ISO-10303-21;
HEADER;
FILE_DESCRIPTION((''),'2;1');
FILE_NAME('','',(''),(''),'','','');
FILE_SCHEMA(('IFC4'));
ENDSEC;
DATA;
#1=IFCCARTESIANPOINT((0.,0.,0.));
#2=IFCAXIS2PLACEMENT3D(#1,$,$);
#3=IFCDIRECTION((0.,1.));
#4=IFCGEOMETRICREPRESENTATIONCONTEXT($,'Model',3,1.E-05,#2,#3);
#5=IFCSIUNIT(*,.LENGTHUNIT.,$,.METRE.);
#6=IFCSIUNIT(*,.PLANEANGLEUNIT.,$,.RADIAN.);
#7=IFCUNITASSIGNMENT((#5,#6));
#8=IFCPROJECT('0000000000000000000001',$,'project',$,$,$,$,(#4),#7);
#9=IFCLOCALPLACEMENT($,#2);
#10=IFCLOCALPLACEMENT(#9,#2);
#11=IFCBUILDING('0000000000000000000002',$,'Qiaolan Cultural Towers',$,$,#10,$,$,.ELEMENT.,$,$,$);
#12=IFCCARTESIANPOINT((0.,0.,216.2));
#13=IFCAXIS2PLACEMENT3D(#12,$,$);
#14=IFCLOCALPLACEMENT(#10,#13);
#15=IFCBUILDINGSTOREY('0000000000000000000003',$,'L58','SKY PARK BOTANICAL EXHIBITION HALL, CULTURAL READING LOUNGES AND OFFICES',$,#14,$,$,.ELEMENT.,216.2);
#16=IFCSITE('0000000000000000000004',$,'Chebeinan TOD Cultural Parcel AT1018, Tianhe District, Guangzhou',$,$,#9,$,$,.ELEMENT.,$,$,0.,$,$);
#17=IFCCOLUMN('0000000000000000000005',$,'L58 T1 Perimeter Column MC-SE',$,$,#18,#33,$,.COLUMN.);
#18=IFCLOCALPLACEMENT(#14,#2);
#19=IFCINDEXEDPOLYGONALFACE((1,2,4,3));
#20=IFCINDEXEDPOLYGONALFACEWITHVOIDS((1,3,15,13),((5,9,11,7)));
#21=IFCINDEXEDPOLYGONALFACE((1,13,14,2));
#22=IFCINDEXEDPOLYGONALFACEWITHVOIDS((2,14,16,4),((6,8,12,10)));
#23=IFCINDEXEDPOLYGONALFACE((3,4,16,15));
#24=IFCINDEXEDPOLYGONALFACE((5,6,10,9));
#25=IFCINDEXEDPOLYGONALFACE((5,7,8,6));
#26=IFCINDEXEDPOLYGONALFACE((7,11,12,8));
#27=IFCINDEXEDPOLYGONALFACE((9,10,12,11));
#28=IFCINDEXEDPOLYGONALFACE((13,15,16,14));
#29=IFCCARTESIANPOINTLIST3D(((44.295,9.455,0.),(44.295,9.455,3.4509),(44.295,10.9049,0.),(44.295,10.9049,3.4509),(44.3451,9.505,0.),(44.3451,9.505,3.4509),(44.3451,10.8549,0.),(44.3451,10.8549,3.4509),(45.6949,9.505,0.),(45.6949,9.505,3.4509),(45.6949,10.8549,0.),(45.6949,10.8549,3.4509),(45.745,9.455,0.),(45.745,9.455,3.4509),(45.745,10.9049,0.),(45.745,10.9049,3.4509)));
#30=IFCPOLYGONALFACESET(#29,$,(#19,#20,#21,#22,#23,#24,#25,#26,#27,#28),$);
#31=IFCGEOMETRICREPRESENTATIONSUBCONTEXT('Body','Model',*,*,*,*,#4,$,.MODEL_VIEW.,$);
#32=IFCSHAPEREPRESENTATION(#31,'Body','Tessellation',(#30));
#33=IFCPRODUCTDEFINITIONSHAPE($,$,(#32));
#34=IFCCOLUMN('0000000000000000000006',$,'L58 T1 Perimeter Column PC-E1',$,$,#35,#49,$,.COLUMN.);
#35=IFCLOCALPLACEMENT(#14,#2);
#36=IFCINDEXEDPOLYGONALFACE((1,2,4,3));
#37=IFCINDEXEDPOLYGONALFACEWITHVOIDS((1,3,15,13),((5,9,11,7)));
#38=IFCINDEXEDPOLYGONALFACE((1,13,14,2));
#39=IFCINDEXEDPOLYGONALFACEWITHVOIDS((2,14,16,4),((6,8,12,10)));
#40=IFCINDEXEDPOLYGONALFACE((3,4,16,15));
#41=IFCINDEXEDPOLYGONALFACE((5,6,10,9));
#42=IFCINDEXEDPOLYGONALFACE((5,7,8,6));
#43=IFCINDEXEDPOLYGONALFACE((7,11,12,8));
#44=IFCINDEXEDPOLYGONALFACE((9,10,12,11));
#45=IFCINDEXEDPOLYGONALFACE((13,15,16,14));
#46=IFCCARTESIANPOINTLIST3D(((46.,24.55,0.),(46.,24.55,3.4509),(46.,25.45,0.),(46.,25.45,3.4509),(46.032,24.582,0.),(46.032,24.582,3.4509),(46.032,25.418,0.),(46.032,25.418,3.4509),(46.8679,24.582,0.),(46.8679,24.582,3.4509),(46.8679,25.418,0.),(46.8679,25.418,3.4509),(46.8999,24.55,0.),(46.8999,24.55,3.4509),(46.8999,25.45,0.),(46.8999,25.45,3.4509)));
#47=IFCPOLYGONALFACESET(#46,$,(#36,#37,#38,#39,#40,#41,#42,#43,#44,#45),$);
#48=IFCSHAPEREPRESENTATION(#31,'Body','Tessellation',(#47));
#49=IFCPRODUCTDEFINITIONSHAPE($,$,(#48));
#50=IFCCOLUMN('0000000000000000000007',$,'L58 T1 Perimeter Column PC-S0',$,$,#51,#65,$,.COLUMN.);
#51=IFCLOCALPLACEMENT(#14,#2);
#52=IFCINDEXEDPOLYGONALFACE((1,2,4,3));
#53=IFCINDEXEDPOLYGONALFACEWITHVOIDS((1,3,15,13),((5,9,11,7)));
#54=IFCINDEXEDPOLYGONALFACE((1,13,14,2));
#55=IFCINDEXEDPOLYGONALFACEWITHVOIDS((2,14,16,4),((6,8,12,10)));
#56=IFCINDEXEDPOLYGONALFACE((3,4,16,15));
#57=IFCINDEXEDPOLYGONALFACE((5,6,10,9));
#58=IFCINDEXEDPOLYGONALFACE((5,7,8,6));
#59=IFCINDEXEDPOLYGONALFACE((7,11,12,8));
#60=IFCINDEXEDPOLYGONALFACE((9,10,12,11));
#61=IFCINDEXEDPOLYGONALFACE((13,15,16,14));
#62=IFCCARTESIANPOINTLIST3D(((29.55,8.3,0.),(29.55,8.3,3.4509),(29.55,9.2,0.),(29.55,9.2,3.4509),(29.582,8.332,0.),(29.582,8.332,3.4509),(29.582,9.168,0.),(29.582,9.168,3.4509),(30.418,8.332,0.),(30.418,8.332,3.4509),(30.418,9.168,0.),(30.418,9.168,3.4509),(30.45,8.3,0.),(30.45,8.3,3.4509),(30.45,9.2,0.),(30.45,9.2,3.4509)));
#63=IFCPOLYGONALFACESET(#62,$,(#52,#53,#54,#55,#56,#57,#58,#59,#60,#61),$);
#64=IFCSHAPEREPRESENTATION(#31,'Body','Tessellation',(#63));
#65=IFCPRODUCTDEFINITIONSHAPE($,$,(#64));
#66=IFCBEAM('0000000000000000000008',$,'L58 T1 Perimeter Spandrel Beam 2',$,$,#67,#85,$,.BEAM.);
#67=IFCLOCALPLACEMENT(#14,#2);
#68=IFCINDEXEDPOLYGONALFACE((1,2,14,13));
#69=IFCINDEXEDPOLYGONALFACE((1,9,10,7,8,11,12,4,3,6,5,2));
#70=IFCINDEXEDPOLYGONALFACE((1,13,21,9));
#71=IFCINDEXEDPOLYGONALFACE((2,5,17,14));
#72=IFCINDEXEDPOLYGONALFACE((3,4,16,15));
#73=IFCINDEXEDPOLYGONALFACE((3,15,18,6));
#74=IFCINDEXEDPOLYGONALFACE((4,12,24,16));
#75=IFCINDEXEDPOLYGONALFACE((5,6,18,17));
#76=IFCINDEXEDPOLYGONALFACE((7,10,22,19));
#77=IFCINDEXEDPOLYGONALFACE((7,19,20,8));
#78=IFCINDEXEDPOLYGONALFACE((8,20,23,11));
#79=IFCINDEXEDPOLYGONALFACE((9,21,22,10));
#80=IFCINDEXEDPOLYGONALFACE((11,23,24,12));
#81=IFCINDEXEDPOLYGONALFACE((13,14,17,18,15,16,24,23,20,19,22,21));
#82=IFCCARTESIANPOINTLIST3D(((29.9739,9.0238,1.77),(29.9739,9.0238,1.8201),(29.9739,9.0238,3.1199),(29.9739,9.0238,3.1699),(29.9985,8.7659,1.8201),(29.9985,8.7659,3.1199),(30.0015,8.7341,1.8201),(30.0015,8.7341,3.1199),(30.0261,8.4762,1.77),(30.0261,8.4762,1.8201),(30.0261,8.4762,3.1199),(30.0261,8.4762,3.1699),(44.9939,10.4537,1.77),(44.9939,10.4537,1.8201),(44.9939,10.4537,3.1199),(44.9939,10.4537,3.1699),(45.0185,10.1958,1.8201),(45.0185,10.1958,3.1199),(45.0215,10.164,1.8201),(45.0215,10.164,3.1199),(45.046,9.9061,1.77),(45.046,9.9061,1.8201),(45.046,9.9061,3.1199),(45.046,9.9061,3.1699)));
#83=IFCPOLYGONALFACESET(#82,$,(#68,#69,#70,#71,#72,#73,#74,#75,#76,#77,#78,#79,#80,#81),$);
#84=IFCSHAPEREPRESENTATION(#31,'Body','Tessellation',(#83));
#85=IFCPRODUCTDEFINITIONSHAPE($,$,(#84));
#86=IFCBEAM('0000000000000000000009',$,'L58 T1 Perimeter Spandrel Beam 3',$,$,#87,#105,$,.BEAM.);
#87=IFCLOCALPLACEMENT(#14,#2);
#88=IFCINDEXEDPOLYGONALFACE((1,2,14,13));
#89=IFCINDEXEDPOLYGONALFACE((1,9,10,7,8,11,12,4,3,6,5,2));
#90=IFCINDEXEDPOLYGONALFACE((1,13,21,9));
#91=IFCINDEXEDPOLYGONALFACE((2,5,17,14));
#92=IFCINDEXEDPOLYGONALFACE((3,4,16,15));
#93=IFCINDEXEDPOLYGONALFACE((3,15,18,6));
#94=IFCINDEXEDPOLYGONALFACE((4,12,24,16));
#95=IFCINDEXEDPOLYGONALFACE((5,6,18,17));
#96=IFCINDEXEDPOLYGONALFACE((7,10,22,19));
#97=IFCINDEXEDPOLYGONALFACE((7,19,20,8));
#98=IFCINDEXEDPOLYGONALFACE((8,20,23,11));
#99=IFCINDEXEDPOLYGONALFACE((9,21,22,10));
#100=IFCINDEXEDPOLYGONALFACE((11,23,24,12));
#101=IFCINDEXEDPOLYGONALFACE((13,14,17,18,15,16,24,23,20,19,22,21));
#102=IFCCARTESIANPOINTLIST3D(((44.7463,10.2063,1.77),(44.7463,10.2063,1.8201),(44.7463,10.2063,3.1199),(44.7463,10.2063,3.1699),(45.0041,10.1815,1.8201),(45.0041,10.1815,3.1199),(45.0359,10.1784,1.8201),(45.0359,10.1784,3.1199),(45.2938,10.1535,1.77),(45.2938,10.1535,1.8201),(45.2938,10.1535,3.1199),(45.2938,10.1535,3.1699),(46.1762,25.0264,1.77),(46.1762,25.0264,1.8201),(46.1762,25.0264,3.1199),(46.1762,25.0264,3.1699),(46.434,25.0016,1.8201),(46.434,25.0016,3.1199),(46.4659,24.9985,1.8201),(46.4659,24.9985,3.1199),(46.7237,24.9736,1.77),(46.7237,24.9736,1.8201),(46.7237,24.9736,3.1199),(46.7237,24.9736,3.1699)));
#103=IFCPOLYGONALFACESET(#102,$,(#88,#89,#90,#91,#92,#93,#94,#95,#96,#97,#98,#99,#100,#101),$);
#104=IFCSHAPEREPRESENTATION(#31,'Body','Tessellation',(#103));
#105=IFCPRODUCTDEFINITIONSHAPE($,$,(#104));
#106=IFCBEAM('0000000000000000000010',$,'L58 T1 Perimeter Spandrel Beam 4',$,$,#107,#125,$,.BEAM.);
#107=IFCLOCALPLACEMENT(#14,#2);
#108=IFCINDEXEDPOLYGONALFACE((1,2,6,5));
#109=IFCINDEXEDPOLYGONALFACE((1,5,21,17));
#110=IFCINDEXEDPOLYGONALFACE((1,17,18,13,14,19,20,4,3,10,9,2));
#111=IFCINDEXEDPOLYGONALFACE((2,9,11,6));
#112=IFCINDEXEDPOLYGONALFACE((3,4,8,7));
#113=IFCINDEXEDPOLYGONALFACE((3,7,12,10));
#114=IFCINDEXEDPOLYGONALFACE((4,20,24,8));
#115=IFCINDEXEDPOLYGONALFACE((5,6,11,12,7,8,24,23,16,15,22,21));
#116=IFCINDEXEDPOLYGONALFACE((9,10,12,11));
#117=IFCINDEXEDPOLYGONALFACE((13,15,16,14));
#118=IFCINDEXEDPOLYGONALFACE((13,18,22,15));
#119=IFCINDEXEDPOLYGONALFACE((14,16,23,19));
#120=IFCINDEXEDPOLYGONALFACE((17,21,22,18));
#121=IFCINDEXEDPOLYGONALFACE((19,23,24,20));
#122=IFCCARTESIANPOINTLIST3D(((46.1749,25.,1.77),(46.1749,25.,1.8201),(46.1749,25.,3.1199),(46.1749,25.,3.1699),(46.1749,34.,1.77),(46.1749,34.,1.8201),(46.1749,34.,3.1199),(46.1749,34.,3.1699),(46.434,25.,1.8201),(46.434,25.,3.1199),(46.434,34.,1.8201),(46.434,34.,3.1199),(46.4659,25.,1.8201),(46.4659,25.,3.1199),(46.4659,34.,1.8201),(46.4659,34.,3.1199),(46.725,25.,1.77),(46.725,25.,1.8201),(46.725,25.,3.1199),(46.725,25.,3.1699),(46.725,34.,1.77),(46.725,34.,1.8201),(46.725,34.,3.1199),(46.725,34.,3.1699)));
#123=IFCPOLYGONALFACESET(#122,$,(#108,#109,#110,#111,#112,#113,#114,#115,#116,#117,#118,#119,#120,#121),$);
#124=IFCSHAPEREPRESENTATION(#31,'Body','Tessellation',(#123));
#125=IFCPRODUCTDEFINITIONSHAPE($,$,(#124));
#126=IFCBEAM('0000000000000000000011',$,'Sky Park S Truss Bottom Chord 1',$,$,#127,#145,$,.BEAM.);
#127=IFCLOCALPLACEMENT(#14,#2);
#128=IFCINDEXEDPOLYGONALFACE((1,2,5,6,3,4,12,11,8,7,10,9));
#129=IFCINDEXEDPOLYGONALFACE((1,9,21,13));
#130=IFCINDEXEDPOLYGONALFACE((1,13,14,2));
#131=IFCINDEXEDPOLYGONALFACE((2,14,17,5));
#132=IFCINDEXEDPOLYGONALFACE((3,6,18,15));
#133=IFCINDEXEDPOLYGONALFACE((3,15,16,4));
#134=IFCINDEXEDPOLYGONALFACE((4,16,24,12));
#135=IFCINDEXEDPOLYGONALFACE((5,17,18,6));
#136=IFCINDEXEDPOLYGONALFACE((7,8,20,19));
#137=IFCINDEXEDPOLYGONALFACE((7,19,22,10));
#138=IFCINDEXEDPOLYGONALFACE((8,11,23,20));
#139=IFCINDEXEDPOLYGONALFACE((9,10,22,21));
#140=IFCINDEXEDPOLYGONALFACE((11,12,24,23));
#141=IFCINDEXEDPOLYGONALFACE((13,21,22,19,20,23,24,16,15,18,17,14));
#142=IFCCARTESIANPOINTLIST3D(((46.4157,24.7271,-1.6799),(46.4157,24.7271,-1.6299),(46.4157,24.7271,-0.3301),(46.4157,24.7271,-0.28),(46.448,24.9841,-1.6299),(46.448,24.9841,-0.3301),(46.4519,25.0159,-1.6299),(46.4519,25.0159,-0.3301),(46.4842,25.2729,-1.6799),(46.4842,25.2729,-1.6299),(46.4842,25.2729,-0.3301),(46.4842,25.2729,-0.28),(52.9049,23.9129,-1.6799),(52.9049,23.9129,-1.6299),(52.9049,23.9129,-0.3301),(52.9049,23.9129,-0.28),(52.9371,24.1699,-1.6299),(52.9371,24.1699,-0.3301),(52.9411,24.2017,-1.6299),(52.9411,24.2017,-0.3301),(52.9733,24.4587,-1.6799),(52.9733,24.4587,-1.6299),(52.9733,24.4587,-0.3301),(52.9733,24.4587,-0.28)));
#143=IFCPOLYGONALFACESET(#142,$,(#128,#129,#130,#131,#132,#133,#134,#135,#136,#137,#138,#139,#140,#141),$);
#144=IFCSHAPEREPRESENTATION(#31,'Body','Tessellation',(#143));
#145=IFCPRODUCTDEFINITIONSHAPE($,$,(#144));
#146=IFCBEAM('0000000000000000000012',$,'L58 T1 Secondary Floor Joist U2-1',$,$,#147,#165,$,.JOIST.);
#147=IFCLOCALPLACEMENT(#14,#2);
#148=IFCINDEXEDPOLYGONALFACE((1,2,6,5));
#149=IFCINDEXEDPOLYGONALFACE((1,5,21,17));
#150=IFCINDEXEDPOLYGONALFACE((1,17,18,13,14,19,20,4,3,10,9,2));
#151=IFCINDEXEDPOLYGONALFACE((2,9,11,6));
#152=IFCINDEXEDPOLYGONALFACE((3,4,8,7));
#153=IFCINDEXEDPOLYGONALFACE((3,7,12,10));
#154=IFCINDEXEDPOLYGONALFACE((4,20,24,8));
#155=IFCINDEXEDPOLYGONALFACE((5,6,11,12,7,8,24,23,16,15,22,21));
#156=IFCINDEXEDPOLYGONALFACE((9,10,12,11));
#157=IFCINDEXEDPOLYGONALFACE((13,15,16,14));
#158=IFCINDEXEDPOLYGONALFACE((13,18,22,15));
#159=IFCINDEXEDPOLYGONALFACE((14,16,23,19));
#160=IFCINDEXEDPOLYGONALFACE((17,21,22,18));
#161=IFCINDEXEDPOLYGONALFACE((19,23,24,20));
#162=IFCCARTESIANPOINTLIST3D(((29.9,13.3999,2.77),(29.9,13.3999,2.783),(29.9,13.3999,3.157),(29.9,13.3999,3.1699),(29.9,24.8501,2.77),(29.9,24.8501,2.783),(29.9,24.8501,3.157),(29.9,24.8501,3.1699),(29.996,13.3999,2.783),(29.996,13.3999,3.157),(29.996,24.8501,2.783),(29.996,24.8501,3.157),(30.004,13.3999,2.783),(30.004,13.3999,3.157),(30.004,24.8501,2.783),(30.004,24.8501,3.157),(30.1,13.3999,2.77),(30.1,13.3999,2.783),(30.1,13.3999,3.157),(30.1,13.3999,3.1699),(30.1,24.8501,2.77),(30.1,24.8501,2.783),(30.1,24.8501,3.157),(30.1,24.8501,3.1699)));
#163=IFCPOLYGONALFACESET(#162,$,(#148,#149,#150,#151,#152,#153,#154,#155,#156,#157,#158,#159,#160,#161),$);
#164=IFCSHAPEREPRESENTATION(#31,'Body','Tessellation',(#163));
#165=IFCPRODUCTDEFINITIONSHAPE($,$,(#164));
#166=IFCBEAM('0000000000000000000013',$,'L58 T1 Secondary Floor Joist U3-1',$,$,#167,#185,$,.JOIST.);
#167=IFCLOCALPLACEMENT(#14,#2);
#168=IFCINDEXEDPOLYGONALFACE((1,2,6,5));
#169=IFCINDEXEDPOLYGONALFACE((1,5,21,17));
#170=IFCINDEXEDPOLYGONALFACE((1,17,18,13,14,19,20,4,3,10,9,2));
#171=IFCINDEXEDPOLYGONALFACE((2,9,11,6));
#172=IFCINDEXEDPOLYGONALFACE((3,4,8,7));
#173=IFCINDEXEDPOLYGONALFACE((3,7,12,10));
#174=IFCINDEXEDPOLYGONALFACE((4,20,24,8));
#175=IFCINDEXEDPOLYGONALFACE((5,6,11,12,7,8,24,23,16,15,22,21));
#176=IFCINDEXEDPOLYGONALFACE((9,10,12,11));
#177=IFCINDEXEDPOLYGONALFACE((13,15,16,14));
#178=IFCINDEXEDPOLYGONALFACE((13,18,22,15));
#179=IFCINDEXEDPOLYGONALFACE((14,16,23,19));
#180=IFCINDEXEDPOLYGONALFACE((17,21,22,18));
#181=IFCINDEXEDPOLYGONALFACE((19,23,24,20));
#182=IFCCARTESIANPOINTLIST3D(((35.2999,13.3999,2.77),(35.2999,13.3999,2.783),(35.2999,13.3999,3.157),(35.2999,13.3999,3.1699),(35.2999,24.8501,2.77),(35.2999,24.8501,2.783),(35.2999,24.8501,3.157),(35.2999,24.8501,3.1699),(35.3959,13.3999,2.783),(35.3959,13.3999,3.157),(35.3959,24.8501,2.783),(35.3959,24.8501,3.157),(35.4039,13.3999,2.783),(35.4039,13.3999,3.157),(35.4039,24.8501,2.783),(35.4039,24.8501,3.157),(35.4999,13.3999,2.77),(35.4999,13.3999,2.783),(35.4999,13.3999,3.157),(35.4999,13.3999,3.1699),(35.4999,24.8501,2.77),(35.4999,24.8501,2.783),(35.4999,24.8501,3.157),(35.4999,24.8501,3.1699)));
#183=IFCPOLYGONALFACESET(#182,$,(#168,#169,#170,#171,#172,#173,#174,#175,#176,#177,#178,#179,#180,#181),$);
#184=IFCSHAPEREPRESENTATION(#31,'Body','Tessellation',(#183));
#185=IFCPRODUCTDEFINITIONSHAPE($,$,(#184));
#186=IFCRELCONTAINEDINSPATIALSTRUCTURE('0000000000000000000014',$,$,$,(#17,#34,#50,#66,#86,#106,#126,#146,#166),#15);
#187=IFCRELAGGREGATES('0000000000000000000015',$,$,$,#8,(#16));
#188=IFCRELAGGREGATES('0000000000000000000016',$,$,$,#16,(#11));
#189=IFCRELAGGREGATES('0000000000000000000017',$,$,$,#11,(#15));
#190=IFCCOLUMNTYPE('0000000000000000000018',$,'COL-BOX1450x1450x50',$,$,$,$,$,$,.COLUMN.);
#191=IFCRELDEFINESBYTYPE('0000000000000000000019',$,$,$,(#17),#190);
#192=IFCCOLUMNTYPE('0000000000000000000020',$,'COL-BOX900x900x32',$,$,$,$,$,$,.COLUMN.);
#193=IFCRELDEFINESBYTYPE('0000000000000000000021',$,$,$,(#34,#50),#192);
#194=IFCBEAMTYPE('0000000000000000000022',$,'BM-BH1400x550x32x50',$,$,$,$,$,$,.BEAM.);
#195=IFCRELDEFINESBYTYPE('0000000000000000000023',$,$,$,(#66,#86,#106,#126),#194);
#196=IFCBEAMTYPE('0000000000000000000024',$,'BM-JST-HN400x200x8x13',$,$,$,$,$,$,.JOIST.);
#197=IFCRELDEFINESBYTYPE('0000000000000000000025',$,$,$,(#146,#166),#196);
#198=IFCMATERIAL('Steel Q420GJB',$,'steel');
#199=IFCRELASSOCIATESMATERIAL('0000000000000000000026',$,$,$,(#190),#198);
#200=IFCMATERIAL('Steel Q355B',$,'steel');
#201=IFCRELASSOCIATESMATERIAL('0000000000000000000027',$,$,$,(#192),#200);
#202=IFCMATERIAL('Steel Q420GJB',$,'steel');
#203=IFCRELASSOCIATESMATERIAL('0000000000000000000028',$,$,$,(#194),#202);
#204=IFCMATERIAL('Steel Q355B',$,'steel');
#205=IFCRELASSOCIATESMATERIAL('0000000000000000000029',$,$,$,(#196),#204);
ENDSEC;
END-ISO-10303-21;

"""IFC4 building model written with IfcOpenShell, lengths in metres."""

from ifc_helpers import new_model, si_unit, direction, frame, origin, origin_2d, place, context, subcontext, project, spatial, hollow_rectangle, i_section, extrude, material, material_profile, profile_set, type_object, element, save


model = new_model("IFC4")

# Units and contexts
model_context = context("Model", 3, precision=1e-05, world=origin(), true_north=direction((0.0, 1.0)))
body_context = subcontext(model_context, "Body", "Model", "MODEL_VIEW")
ifc_project = project(units=[si_unit("LENGTHUNIT", "METRE"), si_unit("PLANEANGLEUNIT", "RADIAN")], contexts=[model_context])

# Site, building, storey
site_placement = place(None, origin())
site = spatial("IfcSite", under=ifc_project, at=site_placement, Name="Chebeinan TOD Cultural Parcel AT1018, Tianhe District, Guangzhou", CompositionType="ELEMENT", RefElevation=0.0)
building_placement = place(site_placement, origin())
building = spatial("IfcBuilding", under=site, at=building_placement, Name="Qiaolan Cultural Towers", CompositionType="ELEMENT")
storey_placement = place(building_placement, frame((0.0, 0.0, 216.2)))
storey = spatial("IfcBuildingStorey", under=building, at=storey_placement, Name="L58", Description="SKY PARK BOTANICAL EXHIBITION HALL, CULTURAL READING LOUNGES AND OFFICES", CompositionType="ELEMENT", Elevation=216.2)

# Columns
ifc_material_1 = material(Name="Steel Q420GJB", Category="steel")
ifc_material_profile_1 = material_profile(ifc_material_1, hollow_rectangle(XDim=1.45, YDim=1.45, WallThickness=0.05, at=origin_2d()), Name="BOX1450x1450x50")
ifc_profile_set_1 = profile_set([ifc_material_profile_1], Name="Steel Q420GJB")
column_type_1 = type_object("IfcColumnType", Name="COL-BOX1450x1450x50", PredefinedType="COLUMN", material=ifc_profile_set_1)
column_placement = place(storey_placement, frame((45.02, 10.1799, 0.0), z_axis=(0.0, 0.0, 1.0), x_axis=(1.0, 0.0, 0.0)))
element("IfcColumn", 1, at=column_placement, inside=storey, type_object=column_type_1, Name="L58 T1 Perimeter Column MC-SE", PredefinedType="COLUMN", context=body_context, shape_type="SweptSolid", body=[
    extrude(hollow_rectangle(XDim=1.45, YDim=1.45, WallThickness=0.05, at=origin_2d()), origin(), (0.0, 0.0, 1.0), 3.4509),
])
ifc_material_2 = material(Name="Steel Q355B", Category="steel")
ifc_material_profile_2 = material_profile(ifc_material_2, hollow_rectangle(XDim=0.8999, YDim=0.8999, WallThickness=0.032, at=origin_2d()), Name="BOX900x900x32")
ifc_profile_set_2 = profile_set([ifc_material_profile_2], Name="Steel Q355B")
column_type_2 = type_object("IfcColumnType", Name="COL-BOX900x900x32", PredefinedType="COLUMN", material=ifc_profile_set_2)
for number, where, z_axis, x_axis, name in (
    (2, (46.45, 25.0, 0.0), (0.0, 0.0, 1.0), (1.0, 0.0, 0.0), "L58 T1 Perimeter Column PC-E1"),
    (3, (30.0, 8.75, 0.0), (0.0, 0.0, 1.0), (1.0, 0.0, 0.0), "L58 T1 Perimeter Column PC-S0"),
):
    element("IfcColumn", number, at=place(storey_placement, frame(where, z_axis=z_axis, x_axis=x_axis)), inside=storey, type_object=column_type_2, Name=name, PredefinedType="COLUMN", context=body_context, shape_type="SweptSolid", body=[
        extrude(hollow_rectangle(XDim=0.8999, YDim=0.8999, WallThickness=0.032, at=origin_2d()), origin(), (0.0, 0.0, 1.0), 3.4509),
    ])

# Beams
ifc_material_3 = material(Name="Steel Q420GJB", Category="steel")
ifc_material_profile_3 = material_profile(ifc_material_3, i_section(OverallWidth=0.55, OverallDepth=1.3999, WebThickness=0.032, FlangeThickness=0.05, at=origin_2d()), Name="BH1400x550x32x50")
ifc_profile_set_3 = profile_set([ifc_material_profile_3], Name="Steel Q420GJB")
beam_type_1 = type_object("IfcBeamType", Name="BM-BH1400x550x32x50", PredefinedType="BEAM", material=ifc_profile_set_3)
beam_1_placement = place(storey_placement, frame((30.0, 8.75, 2.47), z_axis=(0.995499, 0.094773, 0.0), x_axis=(-0.094773, 0.995499, 0.0)))
element("IfcBeam", 4, at=beam_1_placement, inside=storey, type_object=beam_type_1, Name="L58 T1 Perimeter Spandrel Beam 2", PredefinedType="BEAM", context=body_context, shape_type="SweptSolid", body=[
    extrude(i_section(OverallWidth=0.55, OverallDepth=1.3999, WebThickness=0.032, FlangeThickness=0.05, at=origin_2d()), origin(), (0.0, 0.0, 1.0), 15.0879),
])
beam_2_placement = place(storey_placement, frame((45.02, 10.1799, 2.47), z_axis=(0.09604, 0.995377, 0.0), x_axis=(-0.995377, 0.09604, 0.0)))
element("IfcBeam", 5, at=beam_2_placement, inside=storey, type_object=beam_type_1, Name="L58 T1 Perimeter Spandrel Beam 3", PredefinedType="BEAM", context=body_context, shape_type="SweptSolid", body=[
    extrude(i_section(OverallWidth=0.55, OverallDepth=1.3999, WebThickness=0.032, FlangeThickness=0.05, at=origin_2d()), origin(), (0.0, 0.0, 1.0), 14.8889),
])
beam_3_placement = place(storey_placement, frame((46.45, 25.0, 2.47), z_axis=(0.0, 1.0, 0.0), x_axis=(-1.0, 0.0, 0.0)))
element("IfcBeam", 6, at=beam_3_placement, inside=storey, type_object=beam_type_1, Name="L58 T1 Perimeter Spandrel Beam 4", PredefinedType="BEAM", context=body_context, shape_type="SweptSolid", body=[
    extrude(i_section(OverallWidth=0.55, OverallDepth=1.3999, WebThickness=0.032, FlangeThickness=0.05, at=origin_2d()), origin(), (0.0, 0.0, 1.0), 9.0),
])
beam_4_placement = place(storey_placement, frame((46.45, 25.0, -0.98), z_axis=(0.99222, -0.124494, 0.0), x_axis=(0.124494, 0.99222, 0.0)))
element("IfcBeam", 7, at=beam_4_placement, inside=storey, type_object=beam_type_1, Name="Sky Park S Truss Bottom Chord 1", PredefinedType="BEAM", context=body_context, shape_type="SweptSolid", body=[
    extrude(i_section(OverallWidth=0.55, OverallDepth=1.3999, WebThickness=0.032, FlangeThickness=0.05, at=origin_2d()), origin(), (0.0, 0.0, 1.0), 6.54),
])
ifc_material_4 = material(Name="Steel Q355B", Category="steel")
ifc_material_profile_4 = material_profile(ifc_material_4, i_section(OverallWidth=0.2, OverallDepth=0.3999, WebThickness=0.0081, FlangeThickness=0.0129, at=origin_2d()), Name="HN400x200x8x13")
ifc_profile_set_4 = profile_set([ifc_material_profile_4], Name="Steel Q355B")
beam_type_2 = type_object("IfcBeamType", Name="BM-JST-HN400x200x8x13", PredefinedType="JOIST", material=ifc_profile_set_4)
for number, where, z_axis, x_axis, name in (
    (8, (30.0, 13.3999, 2.97), (0.0, 1.0, 0.0), (-1.0, 0.0, 0.0), "L58 T1 Secondary Floor Joist U2-1"),
    (9, (35.3999, 13.3999, 2.97), (0.0, 1.0, 0.0), (-1.0, 0.0, 0.0), "L58 T1 Secondary Floor Joist U3-1"),
):
    element("IfcBeam", number, at=place(storey_placement, frame(where, z_axis=z_axis, x_axis=x_axis)), inside=storey, type_object=beam_type_2, Name=name, PredefinedType="JOIST", context=body_context, shape_type="SweptSolid", body=[
        extrude(i_section(OverallWidth=0.2, OverallDepth=0.3999, WebThickness=0.0081, FlangeThickness=0.0129, at=origin_2d()), origin(), (0.0, 0.0, 1.0), 11.4502),
    ])

save(model, "model.ifc")
